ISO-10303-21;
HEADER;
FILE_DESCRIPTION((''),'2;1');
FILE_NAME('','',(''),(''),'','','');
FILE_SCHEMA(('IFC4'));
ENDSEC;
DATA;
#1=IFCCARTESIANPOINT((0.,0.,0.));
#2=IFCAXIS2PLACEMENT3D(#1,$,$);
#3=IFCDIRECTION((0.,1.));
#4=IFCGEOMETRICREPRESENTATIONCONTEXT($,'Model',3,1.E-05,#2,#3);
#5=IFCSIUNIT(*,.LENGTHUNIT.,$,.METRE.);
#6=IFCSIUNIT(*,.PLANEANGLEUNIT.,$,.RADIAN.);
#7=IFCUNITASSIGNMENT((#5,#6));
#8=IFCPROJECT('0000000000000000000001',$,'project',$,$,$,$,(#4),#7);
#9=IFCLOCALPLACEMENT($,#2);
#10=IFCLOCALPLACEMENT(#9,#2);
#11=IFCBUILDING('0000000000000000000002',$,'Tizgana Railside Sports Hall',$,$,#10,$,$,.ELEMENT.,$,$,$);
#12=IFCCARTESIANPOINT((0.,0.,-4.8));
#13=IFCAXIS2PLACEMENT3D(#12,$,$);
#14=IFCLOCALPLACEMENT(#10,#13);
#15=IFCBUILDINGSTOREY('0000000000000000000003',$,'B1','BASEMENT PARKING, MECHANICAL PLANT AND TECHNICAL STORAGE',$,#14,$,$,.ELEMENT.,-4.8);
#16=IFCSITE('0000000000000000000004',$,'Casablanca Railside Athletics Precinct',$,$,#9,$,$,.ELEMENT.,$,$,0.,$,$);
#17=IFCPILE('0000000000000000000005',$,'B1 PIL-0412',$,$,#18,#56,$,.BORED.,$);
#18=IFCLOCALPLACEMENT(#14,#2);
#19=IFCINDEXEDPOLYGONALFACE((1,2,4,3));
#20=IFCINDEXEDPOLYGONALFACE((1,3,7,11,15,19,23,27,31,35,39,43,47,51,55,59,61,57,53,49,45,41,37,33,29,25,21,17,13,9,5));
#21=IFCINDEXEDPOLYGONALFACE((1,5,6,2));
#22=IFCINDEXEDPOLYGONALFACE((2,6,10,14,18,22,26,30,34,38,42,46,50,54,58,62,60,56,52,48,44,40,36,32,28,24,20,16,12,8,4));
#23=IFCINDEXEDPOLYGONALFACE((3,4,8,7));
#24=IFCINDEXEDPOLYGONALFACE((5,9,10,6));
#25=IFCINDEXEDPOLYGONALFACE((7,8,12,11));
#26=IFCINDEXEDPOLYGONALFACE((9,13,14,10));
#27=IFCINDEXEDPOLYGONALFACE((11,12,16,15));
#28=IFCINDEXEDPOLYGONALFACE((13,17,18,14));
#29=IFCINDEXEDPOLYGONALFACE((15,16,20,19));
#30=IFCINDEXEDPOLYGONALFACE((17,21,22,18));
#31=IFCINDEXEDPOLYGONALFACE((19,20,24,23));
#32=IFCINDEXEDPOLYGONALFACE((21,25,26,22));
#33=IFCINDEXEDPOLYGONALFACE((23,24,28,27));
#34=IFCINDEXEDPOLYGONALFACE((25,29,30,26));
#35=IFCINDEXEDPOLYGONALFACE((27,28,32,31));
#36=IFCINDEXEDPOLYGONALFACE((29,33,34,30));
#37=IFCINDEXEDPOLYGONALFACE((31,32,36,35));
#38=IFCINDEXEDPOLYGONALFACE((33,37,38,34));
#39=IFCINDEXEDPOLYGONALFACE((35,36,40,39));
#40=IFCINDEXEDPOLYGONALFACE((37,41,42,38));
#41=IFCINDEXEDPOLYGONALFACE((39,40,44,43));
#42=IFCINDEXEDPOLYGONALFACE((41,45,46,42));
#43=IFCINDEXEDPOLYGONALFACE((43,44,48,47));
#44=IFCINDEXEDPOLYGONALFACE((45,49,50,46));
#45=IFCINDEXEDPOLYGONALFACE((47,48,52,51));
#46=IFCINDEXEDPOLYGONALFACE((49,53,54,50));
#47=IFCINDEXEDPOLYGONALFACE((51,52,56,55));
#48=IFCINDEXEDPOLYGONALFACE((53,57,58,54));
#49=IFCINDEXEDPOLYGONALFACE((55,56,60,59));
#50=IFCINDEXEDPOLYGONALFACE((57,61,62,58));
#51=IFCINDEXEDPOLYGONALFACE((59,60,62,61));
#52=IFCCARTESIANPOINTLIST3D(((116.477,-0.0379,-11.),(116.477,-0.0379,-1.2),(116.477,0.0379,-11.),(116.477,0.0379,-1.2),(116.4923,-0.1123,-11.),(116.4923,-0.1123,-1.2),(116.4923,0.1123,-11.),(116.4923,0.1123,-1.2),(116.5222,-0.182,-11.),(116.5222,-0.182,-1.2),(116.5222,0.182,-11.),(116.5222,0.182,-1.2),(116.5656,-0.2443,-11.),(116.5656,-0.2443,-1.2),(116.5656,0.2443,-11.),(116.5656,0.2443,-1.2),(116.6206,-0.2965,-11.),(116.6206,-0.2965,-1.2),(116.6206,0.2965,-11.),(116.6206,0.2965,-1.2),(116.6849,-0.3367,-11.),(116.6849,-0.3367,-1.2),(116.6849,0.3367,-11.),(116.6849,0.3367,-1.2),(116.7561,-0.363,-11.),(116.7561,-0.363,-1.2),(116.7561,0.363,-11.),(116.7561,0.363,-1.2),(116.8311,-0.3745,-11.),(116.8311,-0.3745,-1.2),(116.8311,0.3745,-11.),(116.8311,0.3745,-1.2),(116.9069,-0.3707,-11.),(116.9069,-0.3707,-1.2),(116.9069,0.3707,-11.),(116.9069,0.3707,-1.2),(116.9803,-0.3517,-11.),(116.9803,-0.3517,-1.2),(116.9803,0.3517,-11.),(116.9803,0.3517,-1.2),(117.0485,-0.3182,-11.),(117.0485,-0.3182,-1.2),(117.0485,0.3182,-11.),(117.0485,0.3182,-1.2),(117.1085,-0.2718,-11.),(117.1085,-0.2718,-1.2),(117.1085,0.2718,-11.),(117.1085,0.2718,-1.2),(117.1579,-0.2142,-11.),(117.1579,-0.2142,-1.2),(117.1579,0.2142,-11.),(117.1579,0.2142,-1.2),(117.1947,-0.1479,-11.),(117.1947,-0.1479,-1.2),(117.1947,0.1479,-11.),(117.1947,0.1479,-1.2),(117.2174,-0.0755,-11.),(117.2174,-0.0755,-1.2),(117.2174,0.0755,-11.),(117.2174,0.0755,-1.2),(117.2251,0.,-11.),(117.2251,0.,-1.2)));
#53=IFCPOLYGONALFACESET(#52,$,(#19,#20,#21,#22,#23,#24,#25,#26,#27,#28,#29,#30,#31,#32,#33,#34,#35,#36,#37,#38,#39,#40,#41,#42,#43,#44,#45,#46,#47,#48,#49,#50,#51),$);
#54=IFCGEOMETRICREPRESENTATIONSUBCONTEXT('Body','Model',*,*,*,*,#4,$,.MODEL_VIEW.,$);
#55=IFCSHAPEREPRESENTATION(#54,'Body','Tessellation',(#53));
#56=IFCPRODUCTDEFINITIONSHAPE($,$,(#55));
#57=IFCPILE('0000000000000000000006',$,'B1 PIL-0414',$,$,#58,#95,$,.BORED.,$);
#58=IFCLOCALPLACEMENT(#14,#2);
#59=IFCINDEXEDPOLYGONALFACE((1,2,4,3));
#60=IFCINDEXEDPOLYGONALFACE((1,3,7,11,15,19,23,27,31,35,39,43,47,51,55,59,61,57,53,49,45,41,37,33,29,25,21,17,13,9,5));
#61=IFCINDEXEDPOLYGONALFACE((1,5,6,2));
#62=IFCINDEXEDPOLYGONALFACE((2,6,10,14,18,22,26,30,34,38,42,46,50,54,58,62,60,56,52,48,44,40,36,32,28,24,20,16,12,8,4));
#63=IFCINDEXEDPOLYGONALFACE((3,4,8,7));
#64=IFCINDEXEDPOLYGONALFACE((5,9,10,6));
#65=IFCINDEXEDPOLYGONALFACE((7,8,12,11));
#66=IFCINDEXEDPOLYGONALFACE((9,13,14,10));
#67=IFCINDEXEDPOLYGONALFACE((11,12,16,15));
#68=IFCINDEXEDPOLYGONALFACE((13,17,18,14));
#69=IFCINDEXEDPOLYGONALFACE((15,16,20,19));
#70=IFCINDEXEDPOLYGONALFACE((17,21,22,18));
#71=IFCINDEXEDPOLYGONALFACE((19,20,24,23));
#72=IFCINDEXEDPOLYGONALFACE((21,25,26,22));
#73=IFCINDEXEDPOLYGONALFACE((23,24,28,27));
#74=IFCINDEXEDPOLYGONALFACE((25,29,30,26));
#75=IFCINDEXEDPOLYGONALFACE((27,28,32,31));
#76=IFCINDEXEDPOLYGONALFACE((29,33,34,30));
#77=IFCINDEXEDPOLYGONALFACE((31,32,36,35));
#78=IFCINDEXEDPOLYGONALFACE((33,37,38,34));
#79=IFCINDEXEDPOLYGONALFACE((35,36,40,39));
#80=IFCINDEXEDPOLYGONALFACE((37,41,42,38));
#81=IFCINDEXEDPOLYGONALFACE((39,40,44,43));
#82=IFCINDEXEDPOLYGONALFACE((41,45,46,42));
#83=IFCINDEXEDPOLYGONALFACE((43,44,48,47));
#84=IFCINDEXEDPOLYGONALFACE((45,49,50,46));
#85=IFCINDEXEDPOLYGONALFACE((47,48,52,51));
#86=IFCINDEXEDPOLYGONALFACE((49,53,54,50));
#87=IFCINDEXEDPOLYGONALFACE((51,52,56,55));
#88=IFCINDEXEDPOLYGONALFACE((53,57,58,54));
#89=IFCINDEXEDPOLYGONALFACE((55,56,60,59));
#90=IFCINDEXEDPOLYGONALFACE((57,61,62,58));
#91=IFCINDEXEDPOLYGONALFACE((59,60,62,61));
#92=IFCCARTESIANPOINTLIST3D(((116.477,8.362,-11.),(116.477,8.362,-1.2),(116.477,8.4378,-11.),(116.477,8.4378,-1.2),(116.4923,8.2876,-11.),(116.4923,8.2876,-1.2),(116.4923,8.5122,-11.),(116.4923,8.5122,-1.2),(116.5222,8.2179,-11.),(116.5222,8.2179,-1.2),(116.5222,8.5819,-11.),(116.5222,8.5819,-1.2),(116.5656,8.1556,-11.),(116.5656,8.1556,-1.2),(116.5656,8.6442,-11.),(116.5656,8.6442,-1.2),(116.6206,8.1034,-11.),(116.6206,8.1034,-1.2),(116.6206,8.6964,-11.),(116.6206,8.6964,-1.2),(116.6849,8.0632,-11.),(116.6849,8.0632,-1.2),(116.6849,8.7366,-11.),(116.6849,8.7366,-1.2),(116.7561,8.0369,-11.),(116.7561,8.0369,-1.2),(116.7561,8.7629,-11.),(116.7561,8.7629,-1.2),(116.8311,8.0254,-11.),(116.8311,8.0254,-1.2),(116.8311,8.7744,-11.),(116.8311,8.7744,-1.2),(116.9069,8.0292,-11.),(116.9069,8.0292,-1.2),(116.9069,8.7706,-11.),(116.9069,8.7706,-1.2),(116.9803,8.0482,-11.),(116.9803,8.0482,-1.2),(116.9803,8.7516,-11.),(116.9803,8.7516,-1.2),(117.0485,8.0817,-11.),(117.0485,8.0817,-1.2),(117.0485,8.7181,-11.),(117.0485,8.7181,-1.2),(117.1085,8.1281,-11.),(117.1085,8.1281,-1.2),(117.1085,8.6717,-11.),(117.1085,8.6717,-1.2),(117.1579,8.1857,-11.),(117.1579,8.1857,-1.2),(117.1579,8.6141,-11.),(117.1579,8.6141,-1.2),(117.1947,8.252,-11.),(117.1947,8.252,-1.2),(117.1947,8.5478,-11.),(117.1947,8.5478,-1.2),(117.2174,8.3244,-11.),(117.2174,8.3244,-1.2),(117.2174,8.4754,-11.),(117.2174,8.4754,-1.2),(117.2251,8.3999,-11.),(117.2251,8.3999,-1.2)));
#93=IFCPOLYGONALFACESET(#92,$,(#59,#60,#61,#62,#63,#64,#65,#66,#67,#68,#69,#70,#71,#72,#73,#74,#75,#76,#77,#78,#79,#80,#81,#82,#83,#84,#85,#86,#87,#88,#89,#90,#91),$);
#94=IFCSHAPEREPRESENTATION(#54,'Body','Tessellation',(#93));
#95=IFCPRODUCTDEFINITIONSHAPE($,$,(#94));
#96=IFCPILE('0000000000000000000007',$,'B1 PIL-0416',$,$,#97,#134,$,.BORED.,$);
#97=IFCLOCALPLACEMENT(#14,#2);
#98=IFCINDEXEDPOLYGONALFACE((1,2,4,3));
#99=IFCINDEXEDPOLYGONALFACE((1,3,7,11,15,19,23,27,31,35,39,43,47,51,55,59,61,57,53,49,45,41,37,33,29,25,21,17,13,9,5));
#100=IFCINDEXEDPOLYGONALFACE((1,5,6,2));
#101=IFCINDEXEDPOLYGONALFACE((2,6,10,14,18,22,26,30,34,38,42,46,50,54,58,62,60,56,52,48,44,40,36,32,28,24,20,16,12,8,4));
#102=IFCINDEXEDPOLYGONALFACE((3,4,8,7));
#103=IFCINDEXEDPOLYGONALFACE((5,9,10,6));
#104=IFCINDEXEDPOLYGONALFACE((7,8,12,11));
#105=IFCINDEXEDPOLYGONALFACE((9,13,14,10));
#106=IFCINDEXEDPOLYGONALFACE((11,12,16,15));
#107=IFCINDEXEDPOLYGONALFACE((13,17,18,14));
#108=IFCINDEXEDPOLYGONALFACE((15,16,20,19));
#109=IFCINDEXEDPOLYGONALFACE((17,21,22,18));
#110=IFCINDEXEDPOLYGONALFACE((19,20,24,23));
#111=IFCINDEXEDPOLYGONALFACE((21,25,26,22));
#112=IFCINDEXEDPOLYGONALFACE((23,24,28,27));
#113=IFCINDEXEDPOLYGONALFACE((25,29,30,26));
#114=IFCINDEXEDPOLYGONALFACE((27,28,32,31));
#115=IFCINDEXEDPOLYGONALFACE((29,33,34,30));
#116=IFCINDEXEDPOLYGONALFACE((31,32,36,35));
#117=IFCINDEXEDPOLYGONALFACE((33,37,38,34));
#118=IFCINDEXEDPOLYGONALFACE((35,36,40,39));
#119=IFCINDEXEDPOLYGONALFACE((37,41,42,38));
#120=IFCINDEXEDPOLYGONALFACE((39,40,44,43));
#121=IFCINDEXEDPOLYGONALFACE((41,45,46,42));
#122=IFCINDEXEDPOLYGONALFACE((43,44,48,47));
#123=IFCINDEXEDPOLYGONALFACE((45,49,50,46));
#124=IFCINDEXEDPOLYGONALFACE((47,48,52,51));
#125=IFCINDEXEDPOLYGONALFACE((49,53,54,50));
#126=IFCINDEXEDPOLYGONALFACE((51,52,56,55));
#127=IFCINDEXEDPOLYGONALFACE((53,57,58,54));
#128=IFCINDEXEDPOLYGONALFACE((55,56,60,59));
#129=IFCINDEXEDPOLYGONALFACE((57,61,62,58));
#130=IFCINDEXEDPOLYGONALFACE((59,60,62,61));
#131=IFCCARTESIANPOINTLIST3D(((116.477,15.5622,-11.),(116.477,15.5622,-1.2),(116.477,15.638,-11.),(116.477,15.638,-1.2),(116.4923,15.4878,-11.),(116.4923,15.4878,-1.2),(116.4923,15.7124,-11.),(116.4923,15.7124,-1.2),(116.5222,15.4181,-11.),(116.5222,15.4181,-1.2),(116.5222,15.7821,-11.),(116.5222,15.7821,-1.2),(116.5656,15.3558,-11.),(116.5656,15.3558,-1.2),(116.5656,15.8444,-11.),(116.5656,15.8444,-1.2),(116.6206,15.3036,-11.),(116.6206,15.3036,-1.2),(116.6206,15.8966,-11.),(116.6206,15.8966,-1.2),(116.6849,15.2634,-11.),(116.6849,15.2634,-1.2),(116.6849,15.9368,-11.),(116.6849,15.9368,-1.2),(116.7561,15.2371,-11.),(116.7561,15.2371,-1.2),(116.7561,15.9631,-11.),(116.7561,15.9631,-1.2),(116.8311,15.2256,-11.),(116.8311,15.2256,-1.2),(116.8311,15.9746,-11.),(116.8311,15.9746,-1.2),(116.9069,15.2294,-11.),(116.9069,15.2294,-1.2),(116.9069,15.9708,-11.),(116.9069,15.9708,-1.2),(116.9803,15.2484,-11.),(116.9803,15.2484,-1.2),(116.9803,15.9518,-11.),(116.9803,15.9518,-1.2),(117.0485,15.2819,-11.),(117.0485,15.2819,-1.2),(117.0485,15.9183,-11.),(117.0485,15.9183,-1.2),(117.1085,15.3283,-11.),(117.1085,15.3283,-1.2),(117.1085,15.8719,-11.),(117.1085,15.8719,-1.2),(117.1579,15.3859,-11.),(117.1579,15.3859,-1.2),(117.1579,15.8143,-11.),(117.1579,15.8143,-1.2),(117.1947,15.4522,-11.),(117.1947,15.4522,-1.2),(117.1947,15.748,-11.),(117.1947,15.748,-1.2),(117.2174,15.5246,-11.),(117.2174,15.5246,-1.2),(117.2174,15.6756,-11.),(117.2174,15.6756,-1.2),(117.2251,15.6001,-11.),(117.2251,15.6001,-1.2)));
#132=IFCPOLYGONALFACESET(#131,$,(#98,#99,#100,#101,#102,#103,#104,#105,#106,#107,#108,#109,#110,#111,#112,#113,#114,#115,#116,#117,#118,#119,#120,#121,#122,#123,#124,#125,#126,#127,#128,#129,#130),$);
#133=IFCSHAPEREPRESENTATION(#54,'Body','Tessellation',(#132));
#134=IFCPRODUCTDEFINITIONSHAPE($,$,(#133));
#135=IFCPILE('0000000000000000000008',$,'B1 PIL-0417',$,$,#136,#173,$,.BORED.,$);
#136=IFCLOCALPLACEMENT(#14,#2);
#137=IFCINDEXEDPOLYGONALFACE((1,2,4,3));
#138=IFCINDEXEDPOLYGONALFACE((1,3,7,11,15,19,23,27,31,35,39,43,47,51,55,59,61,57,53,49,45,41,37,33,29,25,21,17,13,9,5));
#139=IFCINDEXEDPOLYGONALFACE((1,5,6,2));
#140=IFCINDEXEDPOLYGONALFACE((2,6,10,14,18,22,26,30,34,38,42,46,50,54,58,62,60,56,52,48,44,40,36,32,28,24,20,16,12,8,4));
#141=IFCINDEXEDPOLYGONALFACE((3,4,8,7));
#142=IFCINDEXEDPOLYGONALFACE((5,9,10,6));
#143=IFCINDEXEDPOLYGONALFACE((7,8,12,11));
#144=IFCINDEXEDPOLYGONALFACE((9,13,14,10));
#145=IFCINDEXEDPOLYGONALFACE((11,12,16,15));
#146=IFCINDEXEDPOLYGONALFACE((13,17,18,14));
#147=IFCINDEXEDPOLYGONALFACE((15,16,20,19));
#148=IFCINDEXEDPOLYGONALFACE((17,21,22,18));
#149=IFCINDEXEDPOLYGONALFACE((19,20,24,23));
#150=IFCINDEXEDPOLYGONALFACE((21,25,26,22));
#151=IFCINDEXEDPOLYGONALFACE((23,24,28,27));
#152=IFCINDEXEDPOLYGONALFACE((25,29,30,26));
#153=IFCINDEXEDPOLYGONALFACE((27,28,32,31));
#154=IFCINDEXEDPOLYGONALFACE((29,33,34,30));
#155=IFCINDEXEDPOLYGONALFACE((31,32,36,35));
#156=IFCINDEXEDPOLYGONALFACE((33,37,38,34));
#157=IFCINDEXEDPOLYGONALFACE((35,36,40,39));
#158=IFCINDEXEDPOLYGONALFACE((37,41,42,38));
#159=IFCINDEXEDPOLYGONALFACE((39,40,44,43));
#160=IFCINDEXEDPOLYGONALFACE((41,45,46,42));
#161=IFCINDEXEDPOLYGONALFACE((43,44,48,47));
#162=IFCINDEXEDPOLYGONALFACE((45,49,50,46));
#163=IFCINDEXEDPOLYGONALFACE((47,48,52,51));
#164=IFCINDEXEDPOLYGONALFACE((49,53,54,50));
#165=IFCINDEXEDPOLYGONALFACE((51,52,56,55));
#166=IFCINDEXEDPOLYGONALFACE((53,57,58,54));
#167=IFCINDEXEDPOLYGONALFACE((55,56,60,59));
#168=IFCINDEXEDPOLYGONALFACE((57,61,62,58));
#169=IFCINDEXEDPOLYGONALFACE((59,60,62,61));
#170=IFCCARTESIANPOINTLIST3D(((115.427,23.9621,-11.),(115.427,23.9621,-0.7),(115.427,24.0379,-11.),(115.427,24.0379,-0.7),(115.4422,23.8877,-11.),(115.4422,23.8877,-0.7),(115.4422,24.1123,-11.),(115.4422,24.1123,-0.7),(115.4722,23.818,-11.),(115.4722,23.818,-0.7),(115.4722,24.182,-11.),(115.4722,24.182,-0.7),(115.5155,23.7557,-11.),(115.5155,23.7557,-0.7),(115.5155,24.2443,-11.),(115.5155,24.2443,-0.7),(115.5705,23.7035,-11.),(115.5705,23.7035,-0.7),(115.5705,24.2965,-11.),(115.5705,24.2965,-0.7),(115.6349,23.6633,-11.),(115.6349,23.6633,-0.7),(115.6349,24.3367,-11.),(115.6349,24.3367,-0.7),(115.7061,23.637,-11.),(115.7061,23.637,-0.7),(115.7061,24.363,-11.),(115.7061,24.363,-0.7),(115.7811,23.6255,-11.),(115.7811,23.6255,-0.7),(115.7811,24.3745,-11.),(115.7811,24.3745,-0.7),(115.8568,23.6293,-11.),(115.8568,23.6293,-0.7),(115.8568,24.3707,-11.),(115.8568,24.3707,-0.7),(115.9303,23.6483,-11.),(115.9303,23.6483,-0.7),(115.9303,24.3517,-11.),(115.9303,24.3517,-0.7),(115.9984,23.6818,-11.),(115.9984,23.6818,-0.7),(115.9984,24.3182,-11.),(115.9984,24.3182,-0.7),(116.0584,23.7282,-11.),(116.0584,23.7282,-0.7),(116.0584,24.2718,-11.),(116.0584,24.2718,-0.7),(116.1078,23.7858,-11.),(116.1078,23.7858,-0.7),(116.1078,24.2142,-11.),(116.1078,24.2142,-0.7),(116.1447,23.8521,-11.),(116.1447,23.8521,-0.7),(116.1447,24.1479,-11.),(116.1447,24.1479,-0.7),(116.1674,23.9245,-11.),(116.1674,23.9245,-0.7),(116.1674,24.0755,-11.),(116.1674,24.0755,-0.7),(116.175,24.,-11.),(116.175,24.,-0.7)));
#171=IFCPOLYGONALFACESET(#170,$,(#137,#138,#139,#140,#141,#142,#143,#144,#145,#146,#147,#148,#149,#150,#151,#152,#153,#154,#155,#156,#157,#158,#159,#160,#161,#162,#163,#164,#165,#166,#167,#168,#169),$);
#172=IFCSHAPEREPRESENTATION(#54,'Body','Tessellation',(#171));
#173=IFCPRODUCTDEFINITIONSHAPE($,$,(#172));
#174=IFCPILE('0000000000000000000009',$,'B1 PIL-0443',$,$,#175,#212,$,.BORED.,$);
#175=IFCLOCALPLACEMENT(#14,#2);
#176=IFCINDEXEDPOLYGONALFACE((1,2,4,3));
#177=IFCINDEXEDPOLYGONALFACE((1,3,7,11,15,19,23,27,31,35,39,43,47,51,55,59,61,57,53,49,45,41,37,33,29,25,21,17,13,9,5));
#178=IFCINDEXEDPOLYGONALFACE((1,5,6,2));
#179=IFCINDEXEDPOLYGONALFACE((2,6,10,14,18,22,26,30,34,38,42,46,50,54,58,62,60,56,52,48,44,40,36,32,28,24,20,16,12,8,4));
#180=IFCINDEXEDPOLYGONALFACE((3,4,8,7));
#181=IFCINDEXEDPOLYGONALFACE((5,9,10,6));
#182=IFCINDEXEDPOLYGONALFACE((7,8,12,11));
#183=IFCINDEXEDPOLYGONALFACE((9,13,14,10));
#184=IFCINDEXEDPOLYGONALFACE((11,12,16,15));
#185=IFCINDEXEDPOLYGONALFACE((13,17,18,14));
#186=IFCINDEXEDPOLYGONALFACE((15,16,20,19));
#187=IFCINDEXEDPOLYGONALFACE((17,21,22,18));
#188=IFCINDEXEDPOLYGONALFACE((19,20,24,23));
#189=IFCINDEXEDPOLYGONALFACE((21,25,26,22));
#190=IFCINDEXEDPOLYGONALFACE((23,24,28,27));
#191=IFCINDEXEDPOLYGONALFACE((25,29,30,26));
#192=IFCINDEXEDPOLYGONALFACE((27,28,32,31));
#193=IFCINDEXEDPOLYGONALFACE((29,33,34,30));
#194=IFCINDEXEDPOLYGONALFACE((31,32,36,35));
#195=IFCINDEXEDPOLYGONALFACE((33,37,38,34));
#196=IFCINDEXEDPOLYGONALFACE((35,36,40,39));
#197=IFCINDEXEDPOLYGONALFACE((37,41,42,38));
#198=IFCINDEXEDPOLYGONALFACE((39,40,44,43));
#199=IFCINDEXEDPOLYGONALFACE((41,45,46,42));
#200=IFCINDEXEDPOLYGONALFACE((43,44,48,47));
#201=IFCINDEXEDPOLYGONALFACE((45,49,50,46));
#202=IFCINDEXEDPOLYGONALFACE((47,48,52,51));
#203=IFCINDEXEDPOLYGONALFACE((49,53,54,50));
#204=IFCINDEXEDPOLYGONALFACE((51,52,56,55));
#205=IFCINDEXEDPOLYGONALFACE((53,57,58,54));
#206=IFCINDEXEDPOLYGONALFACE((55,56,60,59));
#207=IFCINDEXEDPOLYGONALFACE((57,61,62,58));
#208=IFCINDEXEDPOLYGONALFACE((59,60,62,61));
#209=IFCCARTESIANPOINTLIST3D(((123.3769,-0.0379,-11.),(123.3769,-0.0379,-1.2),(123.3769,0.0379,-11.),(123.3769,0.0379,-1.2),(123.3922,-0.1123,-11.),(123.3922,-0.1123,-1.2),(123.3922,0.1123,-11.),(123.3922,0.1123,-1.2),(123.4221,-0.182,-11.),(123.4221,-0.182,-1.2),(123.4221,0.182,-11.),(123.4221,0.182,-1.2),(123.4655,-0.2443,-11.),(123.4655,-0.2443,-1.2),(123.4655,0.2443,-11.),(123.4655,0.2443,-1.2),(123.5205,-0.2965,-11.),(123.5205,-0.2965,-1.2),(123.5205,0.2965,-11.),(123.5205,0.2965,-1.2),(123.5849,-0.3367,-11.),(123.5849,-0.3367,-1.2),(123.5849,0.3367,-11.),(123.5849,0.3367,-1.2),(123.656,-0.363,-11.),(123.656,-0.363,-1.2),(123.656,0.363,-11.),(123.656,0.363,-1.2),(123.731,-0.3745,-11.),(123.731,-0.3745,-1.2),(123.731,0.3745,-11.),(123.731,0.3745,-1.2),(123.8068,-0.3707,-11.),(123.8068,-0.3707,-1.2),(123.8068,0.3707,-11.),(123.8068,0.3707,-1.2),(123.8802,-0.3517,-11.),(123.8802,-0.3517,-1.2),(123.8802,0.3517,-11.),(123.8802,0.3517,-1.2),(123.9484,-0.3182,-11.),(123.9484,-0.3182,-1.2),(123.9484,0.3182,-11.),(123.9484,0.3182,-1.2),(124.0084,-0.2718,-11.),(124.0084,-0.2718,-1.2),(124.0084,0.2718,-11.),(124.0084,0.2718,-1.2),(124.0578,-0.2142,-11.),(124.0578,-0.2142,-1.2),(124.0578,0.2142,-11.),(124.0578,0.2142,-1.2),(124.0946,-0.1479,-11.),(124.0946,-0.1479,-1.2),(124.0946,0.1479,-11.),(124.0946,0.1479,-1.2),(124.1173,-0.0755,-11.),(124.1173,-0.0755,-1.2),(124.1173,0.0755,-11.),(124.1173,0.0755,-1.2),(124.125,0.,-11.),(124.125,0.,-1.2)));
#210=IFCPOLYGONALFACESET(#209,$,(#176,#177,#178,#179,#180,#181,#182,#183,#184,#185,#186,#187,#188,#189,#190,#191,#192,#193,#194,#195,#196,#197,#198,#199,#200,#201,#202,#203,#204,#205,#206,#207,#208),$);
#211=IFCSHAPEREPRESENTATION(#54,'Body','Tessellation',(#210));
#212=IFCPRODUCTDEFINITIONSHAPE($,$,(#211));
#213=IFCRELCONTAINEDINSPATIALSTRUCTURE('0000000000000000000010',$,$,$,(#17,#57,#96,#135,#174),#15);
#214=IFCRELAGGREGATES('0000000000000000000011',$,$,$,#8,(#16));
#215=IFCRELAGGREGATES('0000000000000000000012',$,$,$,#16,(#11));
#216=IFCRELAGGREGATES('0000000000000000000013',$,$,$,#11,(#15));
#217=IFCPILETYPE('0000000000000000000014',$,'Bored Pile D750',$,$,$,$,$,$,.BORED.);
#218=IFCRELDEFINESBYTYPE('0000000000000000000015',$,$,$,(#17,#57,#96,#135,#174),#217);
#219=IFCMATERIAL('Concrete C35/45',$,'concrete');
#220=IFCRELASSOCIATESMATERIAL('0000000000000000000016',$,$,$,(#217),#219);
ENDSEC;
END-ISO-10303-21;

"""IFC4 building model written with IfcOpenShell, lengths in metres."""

from ifc_helpers import new_model, si_unit, direction, frame, origin, origin_2d, place, context, subcontext, project, spatial, circle, extrude, material, material_profile, profile_set, type_object, element, save


model = new_model("IFC4")

# Units and contexts
model_context = context("Model", 3, precision=1e-05, world=origin(), true_north=direction((0.0, 1.0)))
body_context = subcontext(model_context, "Body", "Model", "MODEL_VIEW")
ifc_project = project(units=[si_unit("LENGTHUNIT", "METRE"), si_unit("PLANEANGLEUNIT", "RADIAN")], contexts=[model_context])

# Site, building, storey
site_placement = place(None, origin())
site = spatial("IfcSite", under=ifc_project, at=site_placement, Name="Casablanca Railside Athletics Precinct", CompositionType="ELEMENT", RefElevation=0.0)
building_placement = place(site_placement, origin())
building = spatial("IfcBuilding", under=site, at=building_placement, Name="Tizgana Railside Sports Hall", CompositionType="ELEMENT")
storey_placement = place(building_placement, frame((0.0, 0.0, -4.8)))
storey = spatial("IfcBuildingStorey", under=building, at=storey_placement, Name="B1", Description="BASEMENT PARKING, MECHANICAL PLANT AND TECHNICAL STORAGE", CompositionType="ELEMENT", Elevation=-4.8)

# Piles
ifc_material_1 = material(Name="Concrete C35/45", Category="concrete")
ifc_material_profile_1 = material_profile(ifc_material_1, circle(Radius=0.375, at=origin_2d()), Name="PILE D750")
ifc_profile_set_1 = profile_set([ifc_material_profile_1], Name="Concrete C35/45")
pile_type = type_object("IfcPileType", Name="Bored Pile D750", PredefinedType="BORED", material=ifc_profile_set_1)
for number, where, z_axis, x_axis, name in (
    (1, (116.8501, 0.0, -1.2), (0.0, 0.0, -1.0), (1.0, 0.0, 0.0), "B1 PIL-0412"),
    (2, (116.8501, 8.3999, -1.2), (0.0, 0.0, -1.0), (1.0, 0.0, 0.0), "B1 PIL-0414"),
    (3, (116.8501, 15.6001, -1.2), (0.0, 0.0, -1.0), (1.0, 0.0, 0.0), "B1 PIL-0416"),
):
    element("IfcPile", number, at=place(storey_placement, frame(where, z_axis=z_axis, x_axis=x_axis)), inside=storey, type_object=pile_type, Name=name, PredefinedType="BORED", context=body_context, shape_type="SweptSolid", body=[
        extrude(circle(Radius=0.375, at=origin_2d()), origin(), (0.0, 0.0, 1.0), 9.8),
    ])
pile_placement = place(storey_placement, frame((115.8, 24.0, -0.7), z_axis=(0.0, 0.0, -1.0), x_axis=(1.0, 0.0, 0.0)))
element("IfcPile", 4, at=pile_placement, inside=storey, type_object=pile_type, Name="B1 PIL-0417", PredefinedType="BORED", context=body_context, shape_type="SweptSolid", body=[
    extrude(circle(Radius=0.375, at=origin_2d()), origin(), (0.0, 0.0, 1.0), 10.3),
])
for number, where, z_axis, x_axis, name in (
    (5, (123.75, 0.0, -1.2), (0.0, 0.0, -1.0), (1.0, 0.0, 0.0), "B1 PIL-0443"),
):
    element("IfcPile", number, at=place(storey_placement, frame(where, z_axis=z_axis, x_axis=x_axis)), inside=storey, type_object=pile_type, Name=name, PredefinedType="BORED", context=body_context, shape_type="SweptSolid", body=[
        extrude(circle(Radius=0.375, at=origin_2d()), origin(), (0.0, 0.0, 1.0), 9.8),
    ])

save(model, "model.ifc")
